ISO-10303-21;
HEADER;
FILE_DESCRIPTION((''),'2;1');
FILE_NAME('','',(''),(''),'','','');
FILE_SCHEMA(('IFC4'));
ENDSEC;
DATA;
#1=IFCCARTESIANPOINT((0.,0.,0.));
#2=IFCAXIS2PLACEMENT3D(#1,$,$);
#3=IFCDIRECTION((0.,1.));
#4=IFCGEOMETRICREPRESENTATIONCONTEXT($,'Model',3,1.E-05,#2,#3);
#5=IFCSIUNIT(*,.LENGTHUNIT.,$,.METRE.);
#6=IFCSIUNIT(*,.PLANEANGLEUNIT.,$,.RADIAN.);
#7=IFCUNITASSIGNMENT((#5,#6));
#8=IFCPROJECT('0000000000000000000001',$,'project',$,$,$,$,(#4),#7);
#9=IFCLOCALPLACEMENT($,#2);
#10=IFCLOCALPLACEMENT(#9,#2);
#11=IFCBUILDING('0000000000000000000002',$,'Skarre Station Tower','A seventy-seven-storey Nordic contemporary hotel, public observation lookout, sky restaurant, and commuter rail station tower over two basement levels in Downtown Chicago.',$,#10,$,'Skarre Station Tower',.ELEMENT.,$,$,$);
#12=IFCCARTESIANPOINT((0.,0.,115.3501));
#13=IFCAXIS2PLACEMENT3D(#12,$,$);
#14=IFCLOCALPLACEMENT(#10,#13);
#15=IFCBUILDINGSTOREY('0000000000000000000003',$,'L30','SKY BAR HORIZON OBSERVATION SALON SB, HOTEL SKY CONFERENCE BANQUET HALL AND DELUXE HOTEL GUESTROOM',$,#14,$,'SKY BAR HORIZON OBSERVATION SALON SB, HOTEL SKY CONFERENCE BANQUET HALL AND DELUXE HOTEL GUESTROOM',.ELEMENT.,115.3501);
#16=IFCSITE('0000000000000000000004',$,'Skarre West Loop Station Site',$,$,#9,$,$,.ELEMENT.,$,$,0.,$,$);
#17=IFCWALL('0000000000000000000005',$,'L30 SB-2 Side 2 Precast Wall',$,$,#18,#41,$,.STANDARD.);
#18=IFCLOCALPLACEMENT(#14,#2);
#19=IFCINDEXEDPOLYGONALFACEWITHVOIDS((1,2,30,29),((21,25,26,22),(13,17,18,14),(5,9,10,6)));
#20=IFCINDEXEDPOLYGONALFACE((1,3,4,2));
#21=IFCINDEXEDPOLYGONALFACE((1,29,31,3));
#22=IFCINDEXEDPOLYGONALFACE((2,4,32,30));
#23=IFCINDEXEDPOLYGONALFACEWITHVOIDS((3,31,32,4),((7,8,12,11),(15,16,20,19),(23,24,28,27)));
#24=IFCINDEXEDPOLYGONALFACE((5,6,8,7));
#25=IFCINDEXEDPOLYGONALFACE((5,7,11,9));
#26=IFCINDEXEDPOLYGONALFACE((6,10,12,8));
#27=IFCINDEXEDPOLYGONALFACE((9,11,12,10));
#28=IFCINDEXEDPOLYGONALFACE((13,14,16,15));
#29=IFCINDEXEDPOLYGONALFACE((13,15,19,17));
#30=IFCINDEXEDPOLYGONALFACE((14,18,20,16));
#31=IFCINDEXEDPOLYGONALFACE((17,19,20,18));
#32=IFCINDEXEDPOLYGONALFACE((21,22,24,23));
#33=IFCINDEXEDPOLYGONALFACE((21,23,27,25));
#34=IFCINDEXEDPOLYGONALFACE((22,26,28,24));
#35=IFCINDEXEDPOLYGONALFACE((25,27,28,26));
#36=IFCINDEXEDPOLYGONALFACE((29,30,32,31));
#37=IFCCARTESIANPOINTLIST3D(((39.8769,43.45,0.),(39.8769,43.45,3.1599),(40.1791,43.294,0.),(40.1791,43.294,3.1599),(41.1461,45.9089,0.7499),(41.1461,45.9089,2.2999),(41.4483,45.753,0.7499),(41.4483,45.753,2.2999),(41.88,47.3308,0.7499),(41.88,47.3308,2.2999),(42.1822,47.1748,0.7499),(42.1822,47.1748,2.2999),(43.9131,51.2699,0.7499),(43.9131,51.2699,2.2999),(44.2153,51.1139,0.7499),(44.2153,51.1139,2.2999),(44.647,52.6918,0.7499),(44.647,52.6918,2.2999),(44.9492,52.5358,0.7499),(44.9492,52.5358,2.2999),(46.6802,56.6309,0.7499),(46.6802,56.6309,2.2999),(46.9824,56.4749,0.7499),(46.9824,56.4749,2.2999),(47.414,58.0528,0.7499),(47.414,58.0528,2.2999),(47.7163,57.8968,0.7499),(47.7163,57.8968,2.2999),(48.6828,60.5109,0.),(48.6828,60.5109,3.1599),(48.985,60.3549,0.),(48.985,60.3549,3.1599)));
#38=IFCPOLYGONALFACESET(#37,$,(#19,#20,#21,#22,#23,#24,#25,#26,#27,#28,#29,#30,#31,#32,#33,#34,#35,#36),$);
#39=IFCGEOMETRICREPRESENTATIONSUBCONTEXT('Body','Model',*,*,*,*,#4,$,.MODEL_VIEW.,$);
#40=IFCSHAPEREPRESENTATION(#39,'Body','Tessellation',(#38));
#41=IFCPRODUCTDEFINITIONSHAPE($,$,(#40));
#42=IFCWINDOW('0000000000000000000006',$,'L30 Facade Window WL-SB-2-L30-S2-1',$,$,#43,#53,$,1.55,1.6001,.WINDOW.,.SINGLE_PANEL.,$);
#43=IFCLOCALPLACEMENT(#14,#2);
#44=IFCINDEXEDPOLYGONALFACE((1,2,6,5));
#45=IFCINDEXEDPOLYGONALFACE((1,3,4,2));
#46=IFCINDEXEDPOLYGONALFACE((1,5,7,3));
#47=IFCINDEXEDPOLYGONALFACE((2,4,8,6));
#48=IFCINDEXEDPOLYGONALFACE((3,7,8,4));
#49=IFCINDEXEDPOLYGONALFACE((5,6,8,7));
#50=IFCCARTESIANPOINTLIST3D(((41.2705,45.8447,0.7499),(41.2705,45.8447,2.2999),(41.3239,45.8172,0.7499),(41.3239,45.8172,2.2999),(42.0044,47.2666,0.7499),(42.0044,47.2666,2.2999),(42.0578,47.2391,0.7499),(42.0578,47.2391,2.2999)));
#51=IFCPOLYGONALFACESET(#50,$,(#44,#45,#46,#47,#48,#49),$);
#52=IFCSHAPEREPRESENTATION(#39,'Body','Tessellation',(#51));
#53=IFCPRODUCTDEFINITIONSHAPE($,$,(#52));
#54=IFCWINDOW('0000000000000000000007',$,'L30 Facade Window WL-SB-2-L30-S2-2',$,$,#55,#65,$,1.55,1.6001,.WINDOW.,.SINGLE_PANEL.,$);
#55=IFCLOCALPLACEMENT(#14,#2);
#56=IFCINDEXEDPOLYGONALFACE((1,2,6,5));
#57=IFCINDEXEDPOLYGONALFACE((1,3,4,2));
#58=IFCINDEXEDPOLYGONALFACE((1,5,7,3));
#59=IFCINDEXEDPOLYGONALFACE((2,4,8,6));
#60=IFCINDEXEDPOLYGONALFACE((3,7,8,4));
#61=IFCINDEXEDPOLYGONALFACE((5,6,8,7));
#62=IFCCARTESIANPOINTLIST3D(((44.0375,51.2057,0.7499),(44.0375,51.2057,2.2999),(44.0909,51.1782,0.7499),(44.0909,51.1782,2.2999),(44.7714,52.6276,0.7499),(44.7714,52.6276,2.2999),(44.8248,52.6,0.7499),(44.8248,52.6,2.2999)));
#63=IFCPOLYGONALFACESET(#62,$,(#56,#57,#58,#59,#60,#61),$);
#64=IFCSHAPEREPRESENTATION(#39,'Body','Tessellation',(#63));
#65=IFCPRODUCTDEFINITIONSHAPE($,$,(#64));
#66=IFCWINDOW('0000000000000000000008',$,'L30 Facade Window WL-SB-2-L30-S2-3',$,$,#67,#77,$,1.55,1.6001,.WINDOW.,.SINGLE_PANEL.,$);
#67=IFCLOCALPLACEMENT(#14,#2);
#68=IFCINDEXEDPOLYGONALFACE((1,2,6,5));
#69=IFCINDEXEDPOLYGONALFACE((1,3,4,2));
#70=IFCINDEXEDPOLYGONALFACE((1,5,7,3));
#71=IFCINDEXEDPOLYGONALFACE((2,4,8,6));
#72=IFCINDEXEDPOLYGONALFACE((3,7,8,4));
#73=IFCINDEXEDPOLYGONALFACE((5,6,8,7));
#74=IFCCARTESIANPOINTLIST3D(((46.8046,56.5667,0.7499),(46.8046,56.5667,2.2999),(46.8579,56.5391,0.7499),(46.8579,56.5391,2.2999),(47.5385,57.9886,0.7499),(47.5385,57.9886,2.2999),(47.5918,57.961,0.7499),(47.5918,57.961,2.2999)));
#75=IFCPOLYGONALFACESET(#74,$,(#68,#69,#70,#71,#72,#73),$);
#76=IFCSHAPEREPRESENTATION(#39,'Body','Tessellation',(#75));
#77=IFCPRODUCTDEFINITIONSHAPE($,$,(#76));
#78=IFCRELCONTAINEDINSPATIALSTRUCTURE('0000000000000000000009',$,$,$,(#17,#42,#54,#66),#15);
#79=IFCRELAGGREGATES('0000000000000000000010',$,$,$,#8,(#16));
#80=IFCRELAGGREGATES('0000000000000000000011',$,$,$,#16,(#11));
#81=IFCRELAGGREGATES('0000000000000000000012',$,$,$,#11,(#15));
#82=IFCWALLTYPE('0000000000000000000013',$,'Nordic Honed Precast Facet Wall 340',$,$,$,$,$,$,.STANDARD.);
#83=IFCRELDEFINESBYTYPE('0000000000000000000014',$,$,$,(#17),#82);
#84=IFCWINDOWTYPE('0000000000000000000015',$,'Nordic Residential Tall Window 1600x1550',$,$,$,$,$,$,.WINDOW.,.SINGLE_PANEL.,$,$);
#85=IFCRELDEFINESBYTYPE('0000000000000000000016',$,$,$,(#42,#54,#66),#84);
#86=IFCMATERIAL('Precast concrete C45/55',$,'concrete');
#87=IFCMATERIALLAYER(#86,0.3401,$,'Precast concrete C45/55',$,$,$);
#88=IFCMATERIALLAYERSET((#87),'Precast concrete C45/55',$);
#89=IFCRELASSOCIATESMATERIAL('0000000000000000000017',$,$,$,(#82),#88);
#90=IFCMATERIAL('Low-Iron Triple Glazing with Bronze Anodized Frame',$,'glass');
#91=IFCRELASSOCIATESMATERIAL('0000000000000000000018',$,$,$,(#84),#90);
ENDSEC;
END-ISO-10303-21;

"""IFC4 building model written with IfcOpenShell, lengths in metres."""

from ifc_helpers import new_model, si_unit, direction, frame, frame_2d, origin, place, context, subcontext, project, spatial, rectangle, extrude, material, layer, layer_set, type_object, element, fill, save


model = new_model("IFC4")

# Units and contexts
model_context = context("Model", 3, precision=1e-05, world=origin(), true_north=direction((0.0, 1.0)))
body_context = subcontext(model_context, "Body", "Model", "MODEL_VIEW")
ifc_project = project(units=[si_unit("LENGTHUNIT", "METRE"), si_unit("PLANEANGLEUNIT", "RADIAN")], contexts=[model_context])

# Site, building, storey
site_placement = place(None, origin())
site = spatial("IfcSite", under=ifc_project, at=site_placement, Name="Skarre West Loop Station Site", CompositionType="ELEMENT", RefElevation=0.0)
building_placement = place(site_placement, origin())
building = spatial("IfcBuilding", under=site, at=building_placement, Name="Skarre Station Tower", Description="A seventy-seven-storey Nordic contemporary hotel, public observation lookout, sky restaurant, and commuter rail station tower over two basement levels in Downtown Chicago.", LongName="Skarre Station Tower", CompositionType="ELEMENT")
storey_placement = place(building_placement, frame((0.0, 0.0, 115.3501)))
storey = spatial("IfcBuildingStorey", under=building, at=storey_placement, Name="L30", Description="SKY BAR HORIZON OBSERVATION SALON SB, HOTEL SKY CONFERENCE BANQUET HALL AND DELUXE HOTEL GUESTROOM", LongName="SKY BAR HORIZON OBSERVATION SALON SB, HOTEL SKY CONFERENCE BANQUET HALL AND DELUXE HOTEL GUESTROOM", CompositionType="ELEMENT", Elevation=115.3501)

# Wall, openings, windows
ifc_material_1 = material(Name="Precast concrete C45/55", Category="concrete")
ifc_layer = layer(ifc_material_1, 0.3401, Name="Precast concrete C45/55")
ifc_layer_set = layer_set([ifc_layer], Name="Precast concrete C45/55")
wall_type = type_object("IfcWallType", Name="Nordic Honed Precast Facet Wall 340", PredefinedType="STANDARD", material=ifc_layer_set)
wall_placement = place(storey_placement, frame((40.0281, 43.3721, 0.0), z_axis=(0.0, 0.0, 1.0), x_axis=(0.458652, 0.888616, 0.0)))
wall = element("IfcWall", 1, at=wall_placement, inside=storey, type_object=wall_type, Name="L30 SB-2 Side 2 Precast Wall", PredefinedType="STANDARD", context=body_context, shape_type="SweptSolid", body=[
    extrude(rectangle(XDim=19.1995, YDim=0.3401, at=frame_2d((9.5996, 0.0))), origin(), (0.0, 0.0, 1.0), 3.1599),
])
opening_1_placement = place(wall_placement, frame((2.7671, 0.0, 0.75)))
opening_1 = element("IfcOpeningElement", 2, at=opening_1_placement, cuts=wall, PredefinedType="OPENING", context=body_context, shape_type="SweptSolid", body=[
    extrude(rectangle(XDim=1.6001, YDim=1.55, at=frame_2d((0.8, 0.7749))), frame((0.0, 0.1799, 0.0), z_axis=(0.0, -1.0, 0.0), x_axis=(1.0, 0.0, 0.0)), (0.0, 0.0, 1.0), 0.3601),
])
opening_2_placement = place(wall_placement, frame((8.8, 0.0, 0.75)))
opening_2 = element("IfcOpeningElement", 3, at=opening_2_placement, cuts=wall, PredefinedType="OPENING", context=body_context, shape_type="SweptSolid", body=[
    extrude(rectangle(XDim=1.6001, YDim=1.55, at=frame_2d((0.8, 0.7749))), frame((0.0, 0.1799, 0.0), z_axis=(0.0, -1.0, 0.0), x_axis=(1.0, 0.0, 0.0)), (0.0, 0.0, 1.0), 0.3601),
])
opening_3_placement = place(wall_placement, frame((14.833, 0.0, 0.75)))
opening_3 = element("IfcOpeningElement", 4, at=opening_3_placement, cuts=wall, PredefinedType="OPENING", context=body_context, shape_type="SweptSolid", body=[
    extrude(rectangle(XDim=1.6001, YDim=1.55, at=frame_2d((0.8, 0.7749))), frame((0.0, 0.1799, 0.0), z_axis=(0.0, -1.0, 0.0), x_axis=(1.0, 0.0, 0.0)), (0.0, 0.0, 1.0), 0.3601),
])
ifc_material_2 = material(Name="Low-Iron Triple Glazing with Bronze Anodized Frame", Category="glass")
window_type = type_object("IfcWindowType", Name="Nordic Residential Tall Window 1600x1550", PartitioningType="SINGLE_PANEL", PredefinedType="WINDOW", material=ifc_material_2)
window_1_placement = place(opening_1_placement, origin())
window_1 = element("IfcWindow", 5, at=window_1_placement, inside=storey, type_object=window_type, Name="L30 Facade Window WL-SB-2-L30-S2-1", OverallHeight=1.55, OverallWidth=1.6001, PartitioningType="SINGLE_PANEL", PredefinedType="WINDOW", context=body_context, shape_type="SweptSolid", body=[
    extrude(rectangle(XDim=1.6001, YDim=1.55, at=frame_2d((0.8, 0.7749))), frame((0.0, 0.03, 0.0), z_axis=(0.0, -1.0, 0.0), x_axis=(1.0, 0.0, 0.0)), (0.0, 0.0, 1.0), 0.0601),
])
fill(opening_1, window_1)
window_2_placement = place(opening_2_placement, origin())
window_2 = element("IfcWindow", 6, at=window_2_placement, inside=storey, type_object=window_type, Name="L30 Facade Window WL-SB-2-L30-S2-2", OverallHeight=1.55, OverallWidth=1.6001, PartitioningType="SINGLE_PANEL", PredefinedType="WINDOW", context=body_context, shape_type="SweptSolid", body=[
    extrude(rectangle(XDim=1.6001, YDim=1.55, at=frame_2d((0.8, 0.7749))), frame((0.0, 0.03, 0.0), z_axis=(0.0, -1.0, 0.0), x_axis=(1.0, 0.0, 0.0)), (0.0, 0.0, 1.0), 0.0601),
])
fill(opening_2, window_2)
window_3_placement = place(opening_3_placement, origin())
window_3 = element("IfcWindow", 7, at=window_3_placement, inside=storey, type_object=window_type, Name="L30 Facade Window WL-SB-2-L30-S2-3", OverallHeight=1.55, OverallWidth=1.6001, PartitioningType="SINGLE_PANEL", PredefinedType="WINDOW", context=body_context, shape_type="SweptSolid", body=[
    extrude(rectangle(XDim=1.6001, YDim=1.55, at=frame_2d((0.8, 0.7749))), frame((0.0, 0.03, 0.0), z_axis=(0.0, -1.0, 0.0), x_axis=(1.0, 0.0, 0.0)), (0.0, 0.0, 1.0), 0.0601),
])
fill(opening_3, window_3)

save(model, "model.ifc")
